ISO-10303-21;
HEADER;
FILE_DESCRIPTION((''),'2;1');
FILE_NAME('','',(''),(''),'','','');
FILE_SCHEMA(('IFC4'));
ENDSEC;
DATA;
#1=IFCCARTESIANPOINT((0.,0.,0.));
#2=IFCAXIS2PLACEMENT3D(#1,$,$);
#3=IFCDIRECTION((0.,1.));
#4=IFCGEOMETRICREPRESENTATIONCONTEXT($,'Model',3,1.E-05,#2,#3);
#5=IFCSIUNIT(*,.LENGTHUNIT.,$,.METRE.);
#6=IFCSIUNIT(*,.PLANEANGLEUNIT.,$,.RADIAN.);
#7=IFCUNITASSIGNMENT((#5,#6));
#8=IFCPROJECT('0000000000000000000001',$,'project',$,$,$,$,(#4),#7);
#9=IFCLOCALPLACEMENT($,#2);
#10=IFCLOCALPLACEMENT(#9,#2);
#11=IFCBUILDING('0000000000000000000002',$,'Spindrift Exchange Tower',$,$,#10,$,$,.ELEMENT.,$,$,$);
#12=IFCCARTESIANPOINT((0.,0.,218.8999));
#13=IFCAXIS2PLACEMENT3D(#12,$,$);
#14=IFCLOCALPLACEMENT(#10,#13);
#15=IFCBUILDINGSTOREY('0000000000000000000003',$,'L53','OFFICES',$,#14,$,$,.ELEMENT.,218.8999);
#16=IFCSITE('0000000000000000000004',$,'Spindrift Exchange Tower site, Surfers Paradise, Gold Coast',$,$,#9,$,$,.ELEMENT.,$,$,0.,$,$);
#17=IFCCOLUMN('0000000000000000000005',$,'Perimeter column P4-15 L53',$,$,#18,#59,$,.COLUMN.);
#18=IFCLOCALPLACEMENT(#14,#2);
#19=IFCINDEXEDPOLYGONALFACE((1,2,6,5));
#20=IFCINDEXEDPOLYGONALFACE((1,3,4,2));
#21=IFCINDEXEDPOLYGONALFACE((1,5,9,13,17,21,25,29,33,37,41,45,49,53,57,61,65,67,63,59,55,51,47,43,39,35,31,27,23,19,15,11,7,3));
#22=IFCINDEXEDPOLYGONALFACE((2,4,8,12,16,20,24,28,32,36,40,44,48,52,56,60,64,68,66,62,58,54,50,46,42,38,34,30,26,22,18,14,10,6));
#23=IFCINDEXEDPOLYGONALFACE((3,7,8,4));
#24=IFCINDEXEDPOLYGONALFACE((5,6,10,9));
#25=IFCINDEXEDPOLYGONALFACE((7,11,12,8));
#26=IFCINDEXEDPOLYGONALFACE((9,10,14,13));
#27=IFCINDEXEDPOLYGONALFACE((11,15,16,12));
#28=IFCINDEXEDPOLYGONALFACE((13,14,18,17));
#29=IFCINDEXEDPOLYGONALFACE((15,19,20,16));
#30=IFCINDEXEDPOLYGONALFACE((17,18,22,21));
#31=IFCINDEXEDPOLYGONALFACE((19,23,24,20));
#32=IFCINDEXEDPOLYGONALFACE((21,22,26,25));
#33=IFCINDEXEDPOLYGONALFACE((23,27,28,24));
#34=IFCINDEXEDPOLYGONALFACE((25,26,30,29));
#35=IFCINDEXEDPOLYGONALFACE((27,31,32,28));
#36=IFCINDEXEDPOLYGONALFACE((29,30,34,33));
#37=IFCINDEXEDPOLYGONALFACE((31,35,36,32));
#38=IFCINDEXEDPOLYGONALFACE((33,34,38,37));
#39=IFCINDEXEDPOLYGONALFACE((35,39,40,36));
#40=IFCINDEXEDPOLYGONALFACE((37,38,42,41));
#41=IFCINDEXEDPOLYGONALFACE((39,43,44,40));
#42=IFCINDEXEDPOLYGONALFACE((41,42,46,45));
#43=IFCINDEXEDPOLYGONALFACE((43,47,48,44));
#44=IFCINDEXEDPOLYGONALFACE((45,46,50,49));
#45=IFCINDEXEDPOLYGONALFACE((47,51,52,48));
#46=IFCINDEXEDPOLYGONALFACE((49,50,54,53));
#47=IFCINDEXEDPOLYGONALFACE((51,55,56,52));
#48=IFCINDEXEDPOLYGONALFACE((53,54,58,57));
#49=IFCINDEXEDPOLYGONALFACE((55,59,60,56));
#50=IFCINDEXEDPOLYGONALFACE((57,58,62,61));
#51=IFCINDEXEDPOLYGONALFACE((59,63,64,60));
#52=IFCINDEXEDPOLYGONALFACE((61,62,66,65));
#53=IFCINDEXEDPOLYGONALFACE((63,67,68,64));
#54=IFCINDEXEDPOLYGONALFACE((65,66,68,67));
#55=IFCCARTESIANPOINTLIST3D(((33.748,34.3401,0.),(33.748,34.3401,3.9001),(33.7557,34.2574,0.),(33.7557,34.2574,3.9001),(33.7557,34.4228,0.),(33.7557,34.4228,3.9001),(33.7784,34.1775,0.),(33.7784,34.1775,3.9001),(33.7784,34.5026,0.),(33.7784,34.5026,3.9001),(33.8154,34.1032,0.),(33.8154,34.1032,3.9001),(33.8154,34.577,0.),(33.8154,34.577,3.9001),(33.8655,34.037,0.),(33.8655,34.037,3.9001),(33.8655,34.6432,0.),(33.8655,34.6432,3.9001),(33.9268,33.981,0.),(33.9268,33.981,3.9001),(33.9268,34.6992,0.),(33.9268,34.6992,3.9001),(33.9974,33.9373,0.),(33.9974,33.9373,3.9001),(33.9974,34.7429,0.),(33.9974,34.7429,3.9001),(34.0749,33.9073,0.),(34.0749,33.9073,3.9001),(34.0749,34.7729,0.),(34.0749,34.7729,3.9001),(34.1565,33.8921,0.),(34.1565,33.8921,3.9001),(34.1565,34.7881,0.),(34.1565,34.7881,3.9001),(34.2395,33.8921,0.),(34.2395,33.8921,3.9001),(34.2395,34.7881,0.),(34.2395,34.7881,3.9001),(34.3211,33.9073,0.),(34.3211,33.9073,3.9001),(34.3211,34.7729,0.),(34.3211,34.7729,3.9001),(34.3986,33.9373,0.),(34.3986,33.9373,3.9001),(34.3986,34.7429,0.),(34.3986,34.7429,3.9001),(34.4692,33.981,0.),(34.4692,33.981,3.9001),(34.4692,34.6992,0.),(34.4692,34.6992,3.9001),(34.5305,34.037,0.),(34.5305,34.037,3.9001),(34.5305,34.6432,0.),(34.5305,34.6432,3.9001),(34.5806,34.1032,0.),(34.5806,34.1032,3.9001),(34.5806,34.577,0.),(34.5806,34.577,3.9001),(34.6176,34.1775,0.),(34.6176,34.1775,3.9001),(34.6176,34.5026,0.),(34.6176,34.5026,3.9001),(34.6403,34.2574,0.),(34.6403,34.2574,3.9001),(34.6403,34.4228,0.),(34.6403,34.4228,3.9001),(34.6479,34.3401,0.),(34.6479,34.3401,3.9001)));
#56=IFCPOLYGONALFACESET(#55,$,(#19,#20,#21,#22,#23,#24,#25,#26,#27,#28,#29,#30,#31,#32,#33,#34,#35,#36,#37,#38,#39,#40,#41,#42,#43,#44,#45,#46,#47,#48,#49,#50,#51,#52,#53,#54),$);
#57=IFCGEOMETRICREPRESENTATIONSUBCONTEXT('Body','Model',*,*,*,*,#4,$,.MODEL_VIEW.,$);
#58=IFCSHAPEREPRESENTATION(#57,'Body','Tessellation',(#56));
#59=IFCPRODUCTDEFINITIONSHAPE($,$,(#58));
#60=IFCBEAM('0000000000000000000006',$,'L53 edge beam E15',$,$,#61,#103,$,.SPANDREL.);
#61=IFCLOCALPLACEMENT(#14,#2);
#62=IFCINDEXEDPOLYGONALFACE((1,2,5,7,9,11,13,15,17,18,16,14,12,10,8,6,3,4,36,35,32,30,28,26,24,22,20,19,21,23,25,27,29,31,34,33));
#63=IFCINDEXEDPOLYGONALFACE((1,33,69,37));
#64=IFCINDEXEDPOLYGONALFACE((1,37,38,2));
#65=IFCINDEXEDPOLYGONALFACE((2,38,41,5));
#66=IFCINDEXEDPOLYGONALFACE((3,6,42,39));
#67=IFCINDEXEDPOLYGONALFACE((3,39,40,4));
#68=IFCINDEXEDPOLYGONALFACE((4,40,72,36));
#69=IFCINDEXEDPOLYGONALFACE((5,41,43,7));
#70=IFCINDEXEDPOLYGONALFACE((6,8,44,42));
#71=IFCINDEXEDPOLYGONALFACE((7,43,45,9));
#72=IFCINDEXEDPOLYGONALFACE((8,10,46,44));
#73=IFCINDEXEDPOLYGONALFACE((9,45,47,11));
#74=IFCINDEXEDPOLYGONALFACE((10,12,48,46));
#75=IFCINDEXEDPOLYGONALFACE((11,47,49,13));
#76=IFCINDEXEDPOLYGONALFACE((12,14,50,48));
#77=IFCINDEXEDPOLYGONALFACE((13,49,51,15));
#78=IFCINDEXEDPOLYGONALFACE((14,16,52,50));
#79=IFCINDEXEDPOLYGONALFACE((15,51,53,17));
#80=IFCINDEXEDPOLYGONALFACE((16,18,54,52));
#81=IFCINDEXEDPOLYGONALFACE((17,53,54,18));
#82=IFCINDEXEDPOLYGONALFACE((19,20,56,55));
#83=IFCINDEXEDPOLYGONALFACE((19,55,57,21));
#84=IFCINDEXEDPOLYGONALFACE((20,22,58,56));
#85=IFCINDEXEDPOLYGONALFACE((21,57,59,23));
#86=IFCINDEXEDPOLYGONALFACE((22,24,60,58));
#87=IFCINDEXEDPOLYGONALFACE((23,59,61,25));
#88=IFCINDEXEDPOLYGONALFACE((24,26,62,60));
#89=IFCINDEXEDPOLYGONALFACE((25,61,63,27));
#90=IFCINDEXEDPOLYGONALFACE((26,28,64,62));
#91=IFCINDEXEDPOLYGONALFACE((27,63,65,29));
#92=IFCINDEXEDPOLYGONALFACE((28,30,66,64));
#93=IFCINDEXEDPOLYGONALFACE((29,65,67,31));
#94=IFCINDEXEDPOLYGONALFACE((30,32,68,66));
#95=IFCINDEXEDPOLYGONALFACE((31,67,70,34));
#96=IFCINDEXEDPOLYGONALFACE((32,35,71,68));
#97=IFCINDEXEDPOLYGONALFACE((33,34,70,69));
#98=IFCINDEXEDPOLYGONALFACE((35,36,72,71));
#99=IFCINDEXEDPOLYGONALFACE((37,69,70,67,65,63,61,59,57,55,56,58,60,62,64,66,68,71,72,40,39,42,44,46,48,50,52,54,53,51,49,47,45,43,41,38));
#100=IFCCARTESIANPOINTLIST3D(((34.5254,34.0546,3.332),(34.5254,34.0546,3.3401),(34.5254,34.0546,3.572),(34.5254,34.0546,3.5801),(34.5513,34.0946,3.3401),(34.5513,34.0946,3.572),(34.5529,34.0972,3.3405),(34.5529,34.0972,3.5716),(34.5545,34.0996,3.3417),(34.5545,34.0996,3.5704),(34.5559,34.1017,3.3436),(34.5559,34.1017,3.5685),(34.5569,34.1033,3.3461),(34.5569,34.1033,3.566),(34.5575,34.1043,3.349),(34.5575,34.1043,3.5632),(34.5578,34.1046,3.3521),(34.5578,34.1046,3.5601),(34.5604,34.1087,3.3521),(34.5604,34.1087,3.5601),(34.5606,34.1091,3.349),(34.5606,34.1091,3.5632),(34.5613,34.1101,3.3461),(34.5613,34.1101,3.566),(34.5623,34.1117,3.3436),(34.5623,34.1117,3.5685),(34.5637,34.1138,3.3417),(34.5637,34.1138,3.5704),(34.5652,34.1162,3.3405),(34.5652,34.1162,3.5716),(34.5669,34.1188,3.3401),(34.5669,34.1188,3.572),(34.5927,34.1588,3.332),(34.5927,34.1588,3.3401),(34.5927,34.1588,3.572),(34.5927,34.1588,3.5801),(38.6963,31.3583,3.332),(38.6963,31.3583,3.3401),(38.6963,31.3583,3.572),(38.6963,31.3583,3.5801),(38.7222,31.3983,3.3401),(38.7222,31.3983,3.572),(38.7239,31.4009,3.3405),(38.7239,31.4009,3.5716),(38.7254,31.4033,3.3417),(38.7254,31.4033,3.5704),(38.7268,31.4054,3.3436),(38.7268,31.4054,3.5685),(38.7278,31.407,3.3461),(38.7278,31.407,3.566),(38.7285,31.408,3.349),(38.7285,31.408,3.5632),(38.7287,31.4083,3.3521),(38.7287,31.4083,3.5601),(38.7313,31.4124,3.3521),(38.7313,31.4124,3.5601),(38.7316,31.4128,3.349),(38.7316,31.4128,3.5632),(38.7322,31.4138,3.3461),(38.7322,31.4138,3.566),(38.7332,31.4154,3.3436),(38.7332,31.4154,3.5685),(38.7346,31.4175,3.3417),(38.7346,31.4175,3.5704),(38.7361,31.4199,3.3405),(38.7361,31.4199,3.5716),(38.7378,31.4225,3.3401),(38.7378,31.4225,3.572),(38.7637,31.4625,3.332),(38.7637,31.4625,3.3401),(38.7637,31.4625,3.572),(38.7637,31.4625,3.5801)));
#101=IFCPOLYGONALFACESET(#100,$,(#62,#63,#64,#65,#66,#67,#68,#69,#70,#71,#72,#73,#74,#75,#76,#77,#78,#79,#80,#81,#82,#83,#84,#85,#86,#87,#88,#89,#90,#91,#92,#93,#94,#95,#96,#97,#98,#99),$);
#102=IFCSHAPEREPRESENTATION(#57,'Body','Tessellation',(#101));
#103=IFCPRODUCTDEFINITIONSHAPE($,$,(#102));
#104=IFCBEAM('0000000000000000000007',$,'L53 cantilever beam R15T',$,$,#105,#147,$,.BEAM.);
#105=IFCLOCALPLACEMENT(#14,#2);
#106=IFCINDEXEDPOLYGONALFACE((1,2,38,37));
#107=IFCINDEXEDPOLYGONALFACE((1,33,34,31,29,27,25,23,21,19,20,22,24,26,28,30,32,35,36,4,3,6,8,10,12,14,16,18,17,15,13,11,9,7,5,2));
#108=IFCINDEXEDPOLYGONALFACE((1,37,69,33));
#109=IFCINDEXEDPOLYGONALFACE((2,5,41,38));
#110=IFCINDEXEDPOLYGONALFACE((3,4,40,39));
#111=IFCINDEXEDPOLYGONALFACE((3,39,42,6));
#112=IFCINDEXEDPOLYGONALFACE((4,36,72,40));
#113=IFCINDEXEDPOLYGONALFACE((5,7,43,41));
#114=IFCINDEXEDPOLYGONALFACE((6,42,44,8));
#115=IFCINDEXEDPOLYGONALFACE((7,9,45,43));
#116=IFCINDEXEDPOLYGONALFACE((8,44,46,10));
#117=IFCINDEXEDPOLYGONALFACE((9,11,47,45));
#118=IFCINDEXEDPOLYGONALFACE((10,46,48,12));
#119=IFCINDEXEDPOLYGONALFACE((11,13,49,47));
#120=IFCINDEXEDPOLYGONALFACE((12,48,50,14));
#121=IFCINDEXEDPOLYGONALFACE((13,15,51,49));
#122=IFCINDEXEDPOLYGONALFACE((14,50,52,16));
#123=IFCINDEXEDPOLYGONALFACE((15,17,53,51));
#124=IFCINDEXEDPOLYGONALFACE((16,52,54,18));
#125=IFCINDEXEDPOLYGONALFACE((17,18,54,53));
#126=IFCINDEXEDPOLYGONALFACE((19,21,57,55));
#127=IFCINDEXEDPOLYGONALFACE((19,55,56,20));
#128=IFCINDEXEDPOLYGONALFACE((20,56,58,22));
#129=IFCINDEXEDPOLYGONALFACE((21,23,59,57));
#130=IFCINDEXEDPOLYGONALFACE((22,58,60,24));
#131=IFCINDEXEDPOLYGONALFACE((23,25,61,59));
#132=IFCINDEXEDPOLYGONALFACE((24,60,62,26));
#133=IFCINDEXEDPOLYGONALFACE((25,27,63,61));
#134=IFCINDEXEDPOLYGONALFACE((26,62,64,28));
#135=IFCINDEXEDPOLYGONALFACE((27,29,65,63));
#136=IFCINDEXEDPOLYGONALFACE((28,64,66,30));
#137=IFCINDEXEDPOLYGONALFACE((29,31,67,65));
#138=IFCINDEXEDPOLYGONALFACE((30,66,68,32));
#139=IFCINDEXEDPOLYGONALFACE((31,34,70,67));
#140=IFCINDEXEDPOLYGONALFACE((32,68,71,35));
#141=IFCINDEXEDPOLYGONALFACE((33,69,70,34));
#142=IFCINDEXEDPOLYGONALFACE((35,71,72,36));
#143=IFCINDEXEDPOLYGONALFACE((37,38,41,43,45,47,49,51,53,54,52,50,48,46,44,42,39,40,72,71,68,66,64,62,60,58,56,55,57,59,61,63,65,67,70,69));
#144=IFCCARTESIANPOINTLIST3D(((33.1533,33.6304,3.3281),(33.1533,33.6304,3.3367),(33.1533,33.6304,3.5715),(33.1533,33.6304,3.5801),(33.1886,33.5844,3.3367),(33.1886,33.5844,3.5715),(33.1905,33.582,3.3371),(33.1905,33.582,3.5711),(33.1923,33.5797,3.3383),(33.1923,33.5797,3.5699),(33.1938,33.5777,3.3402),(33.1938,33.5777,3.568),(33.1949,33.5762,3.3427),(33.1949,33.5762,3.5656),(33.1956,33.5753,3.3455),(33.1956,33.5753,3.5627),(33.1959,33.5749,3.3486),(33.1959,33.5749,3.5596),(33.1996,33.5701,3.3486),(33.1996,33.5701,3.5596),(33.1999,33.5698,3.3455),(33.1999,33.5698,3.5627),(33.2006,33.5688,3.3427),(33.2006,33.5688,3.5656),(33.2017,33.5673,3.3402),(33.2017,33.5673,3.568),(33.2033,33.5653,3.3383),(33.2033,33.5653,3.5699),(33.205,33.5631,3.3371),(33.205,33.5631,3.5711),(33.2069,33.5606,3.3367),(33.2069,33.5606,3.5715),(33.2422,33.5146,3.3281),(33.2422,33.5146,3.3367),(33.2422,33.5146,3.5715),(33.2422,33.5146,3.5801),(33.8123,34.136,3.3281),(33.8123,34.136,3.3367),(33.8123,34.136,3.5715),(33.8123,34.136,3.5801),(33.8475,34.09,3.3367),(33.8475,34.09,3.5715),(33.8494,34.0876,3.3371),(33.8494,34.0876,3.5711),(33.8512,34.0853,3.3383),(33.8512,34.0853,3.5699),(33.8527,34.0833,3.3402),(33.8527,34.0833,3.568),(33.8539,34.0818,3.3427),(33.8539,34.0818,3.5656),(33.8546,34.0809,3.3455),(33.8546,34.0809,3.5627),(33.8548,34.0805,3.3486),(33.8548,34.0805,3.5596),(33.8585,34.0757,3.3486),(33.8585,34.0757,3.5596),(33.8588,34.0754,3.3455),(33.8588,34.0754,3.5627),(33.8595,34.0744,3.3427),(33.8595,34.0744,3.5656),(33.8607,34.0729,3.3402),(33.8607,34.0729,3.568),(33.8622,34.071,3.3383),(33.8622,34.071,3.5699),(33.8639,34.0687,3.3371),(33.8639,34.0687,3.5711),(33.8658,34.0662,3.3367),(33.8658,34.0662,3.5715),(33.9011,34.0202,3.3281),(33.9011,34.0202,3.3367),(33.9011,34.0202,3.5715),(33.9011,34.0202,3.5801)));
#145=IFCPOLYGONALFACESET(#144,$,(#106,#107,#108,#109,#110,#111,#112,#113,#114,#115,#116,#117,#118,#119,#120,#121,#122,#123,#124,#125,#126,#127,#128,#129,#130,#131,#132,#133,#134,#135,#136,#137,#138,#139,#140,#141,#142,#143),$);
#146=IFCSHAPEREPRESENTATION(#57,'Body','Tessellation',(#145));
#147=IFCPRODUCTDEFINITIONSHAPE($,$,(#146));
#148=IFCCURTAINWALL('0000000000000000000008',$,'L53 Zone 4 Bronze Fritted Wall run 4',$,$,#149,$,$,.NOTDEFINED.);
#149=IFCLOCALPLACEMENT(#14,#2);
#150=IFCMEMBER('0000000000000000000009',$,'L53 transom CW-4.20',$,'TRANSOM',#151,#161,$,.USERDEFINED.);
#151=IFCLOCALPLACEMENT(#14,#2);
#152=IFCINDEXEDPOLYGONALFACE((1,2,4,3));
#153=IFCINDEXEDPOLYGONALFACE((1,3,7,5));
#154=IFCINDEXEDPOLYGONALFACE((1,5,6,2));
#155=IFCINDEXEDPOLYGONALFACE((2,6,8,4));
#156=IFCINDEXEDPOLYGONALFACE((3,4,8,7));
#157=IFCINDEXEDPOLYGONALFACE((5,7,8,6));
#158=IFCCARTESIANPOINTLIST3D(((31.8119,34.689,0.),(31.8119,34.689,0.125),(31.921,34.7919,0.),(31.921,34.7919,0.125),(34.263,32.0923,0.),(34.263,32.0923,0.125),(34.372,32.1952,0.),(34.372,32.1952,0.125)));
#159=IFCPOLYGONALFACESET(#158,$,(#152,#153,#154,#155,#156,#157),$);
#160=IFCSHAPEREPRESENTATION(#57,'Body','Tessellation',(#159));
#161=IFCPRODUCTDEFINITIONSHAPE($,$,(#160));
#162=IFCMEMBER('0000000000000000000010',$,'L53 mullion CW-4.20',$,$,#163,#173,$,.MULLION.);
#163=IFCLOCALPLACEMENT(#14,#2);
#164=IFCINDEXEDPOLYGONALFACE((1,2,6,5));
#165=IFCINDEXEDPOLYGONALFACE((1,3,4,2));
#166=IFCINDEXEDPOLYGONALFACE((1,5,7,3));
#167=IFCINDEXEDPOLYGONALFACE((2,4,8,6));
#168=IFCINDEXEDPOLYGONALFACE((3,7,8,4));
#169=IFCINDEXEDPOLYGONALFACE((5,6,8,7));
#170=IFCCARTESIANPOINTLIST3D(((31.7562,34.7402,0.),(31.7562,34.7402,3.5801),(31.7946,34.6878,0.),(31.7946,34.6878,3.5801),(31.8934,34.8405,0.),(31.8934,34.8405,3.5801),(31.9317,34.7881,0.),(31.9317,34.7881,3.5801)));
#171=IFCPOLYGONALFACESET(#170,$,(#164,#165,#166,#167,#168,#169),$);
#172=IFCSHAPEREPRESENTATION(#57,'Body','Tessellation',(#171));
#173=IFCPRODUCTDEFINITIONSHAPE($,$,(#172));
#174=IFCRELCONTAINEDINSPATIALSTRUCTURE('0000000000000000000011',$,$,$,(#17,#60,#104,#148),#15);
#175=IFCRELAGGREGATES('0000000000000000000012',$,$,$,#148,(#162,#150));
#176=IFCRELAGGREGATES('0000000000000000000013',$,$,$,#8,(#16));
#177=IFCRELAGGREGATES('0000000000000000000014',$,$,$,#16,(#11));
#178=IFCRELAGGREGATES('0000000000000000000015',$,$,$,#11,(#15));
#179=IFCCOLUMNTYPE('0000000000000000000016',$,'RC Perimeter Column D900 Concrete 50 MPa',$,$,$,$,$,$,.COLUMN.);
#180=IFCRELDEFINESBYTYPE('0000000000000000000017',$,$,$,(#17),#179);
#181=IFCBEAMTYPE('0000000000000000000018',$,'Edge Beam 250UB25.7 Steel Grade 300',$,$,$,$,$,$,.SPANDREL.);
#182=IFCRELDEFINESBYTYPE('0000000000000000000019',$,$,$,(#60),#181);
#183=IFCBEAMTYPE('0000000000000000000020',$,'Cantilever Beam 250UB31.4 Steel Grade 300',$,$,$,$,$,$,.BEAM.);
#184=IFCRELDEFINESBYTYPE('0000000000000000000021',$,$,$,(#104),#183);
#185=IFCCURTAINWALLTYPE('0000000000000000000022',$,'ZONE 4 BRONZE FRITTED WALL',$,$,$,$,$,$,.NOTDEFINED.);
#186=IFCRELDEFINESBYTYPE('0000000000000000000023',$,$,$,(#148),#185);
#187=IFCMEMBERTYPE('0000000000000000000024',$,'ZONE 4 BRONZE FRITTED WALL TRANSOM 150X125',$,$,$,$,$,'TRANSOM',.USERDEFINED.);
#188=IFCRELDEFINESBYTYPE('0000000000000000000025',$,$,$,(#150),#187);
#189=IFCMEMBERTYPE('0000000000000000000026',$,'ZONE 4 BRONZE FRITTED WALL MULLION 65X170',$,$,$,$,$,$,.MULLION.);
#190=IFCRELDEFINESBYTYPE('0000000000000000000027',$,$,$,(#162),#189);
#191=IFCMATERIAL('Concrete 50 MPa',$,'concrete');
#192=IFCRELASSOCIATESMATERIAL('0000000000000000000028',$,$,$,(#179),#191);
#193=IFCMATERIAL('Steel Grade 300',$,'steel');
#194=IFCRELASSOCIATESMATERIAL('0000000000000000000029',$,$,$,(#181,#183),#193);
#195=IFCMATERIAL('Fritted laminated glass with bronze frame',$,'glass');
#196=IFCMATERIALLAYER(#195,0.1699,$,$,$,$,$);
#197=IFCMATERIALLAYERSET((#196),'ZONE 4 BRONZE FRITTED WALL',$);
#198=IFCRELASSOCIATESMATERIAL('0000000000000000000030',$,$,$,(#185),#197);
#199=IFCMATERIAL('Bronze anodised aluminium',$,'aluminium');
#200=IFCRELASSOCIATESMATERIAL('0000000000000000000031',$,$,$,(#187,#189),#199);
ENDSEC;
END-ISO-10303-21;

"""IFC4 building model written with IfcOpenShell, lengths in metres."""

from ifc_helpers import new_model, si_unit, direction, frame, origin, origin_2d, place, context, subcontext, project, spatial, rectangle, circle, i_section, extrude, source, transform, mapped, material, layer, layer_set, material_profile, profile_set, type_object, element, aggregate, save


model = new_model("IFC4")

# Units and contexts
model_context = context("Model", 3, precision=1e-05, world=origin(), true_north=direction((0.0, 1.0)))
body_context = subcontext(model_context, "Body", "Model", "MODEL_VIEW")
ifc_project = project(units=[si_unit("LENGTHUNIT", "METRE"), si_unit("PLANEANGLEUNIT", "RADIAN")], contexts=[model_context])

# Site, building, storey
site_placement = place(None, origin())
site = spatial("IfcSite", under=ifc_project, at=site_placement, Name="Spindrift Exchange Tower site, Surfers Paradise, Gold Coast", CompositionType="ELEMENT", RefElevation=0.0)
building_placement = place(site_placement, origin())
building = spatial("IfcBuilding", under=site, at=building_placement, Name="Spindrift Exchange Tower", CompositionType="ELEMENT")
storey_placement = place(building_placement, frame((0.0, 0.0, 218.8999)))
storey = spatial("IfcBuildingStorey", under=building, at=storey_placement, Name="L53", Description="OFFICES", CompositionType="ELEMENT", Elevation=218.8999)

# Column
ifc_material_1 = material(Name="Concrete 50 MPa", Category="concrete")
ifc_material_profile_1 = material_profile(ifc_material_1, circle(Radius=0.45, at=origin_2d()), Name="RC D900")
ifc_profile_set_1 = profile_set([ifc_material_profile_1], Name="Concrete 50 MPa")
column_type = type_object("IfcColumnType", Name="RC Perimeter Column D900 Concrete 50 MPa", PredefinedType="COLUMN", material=ifc_profile_set_1)
shared_shape_1 = source(origin(), body_context, "Body", "SweptSolid", [
    extrude(circle(Radius=0.45, at=origin_2d()), origin(), (0.0, 0.0, 1.0), 3.9001),
])
column_placement = place(storey_placement, frame((34.198, 34.3401, 0.0), z_axis=(0.0, 0.0, 1.0), x_axis=(1.0, 0.0, 0.0)))
element("IfcColumn", 1, at=column_placement, inside=storey, type_object=column_type, Name="Perimeter column P4-15 L53", PredefinedType="COLUMN", context=body_context, shape_type="MappedRepresentation", body=[
    mapped(shared_shape_1, transform((0.0, 0.0, 0.0), scale=1.0)),
])

# Beams
ifc_material_2 = material(Name="Steel Grade 300", Category="steel")
ifc_material_profile_2 = material_profile(ifc_material_2, i_section(OverallWidth=0.124, OverallDepth=0.248, WebThickness=0.0049, FlangeThickness=0.0081, FilletRadius=0.012, at=origin_2d()), Name="250UB25.7")
ifc_profile_set_2 = profile_set([ifc_material_profile_2], Name="Steel Grade 300")
beam_type_1 = type_object("IfcBeamType", Name="Edge Beam 250UB25.7 Steel Grade 300", PredefinedType="SPANDREL", material=ifc_profile_set_2)
shared_shape_2 = source(origin(), body_context, "Body", "SweptSolid", [
    extrude(i_section(OverallWidth=0.124, OverallDepth=0.248, WebThickness=0.0049, FlangeThickness=0.0081, FilletRadius=0.012, at=origin_2d()), origin(), (0.0, 0.0, 1.0), 4.9666),
])
beam_1_placement = place(storey_placement, frame((34.5591, 34.1067, 3.4561), z_axis=(0.839802, -0.542893, 0.0), x_axis=(0.542893, 0.839802, 0.0)))
element("IfcBeam", 2, at=beam_1_placement, inside=storey, type_object=beam_type_1, Name="L53 edge beam E15", PredefinedType="SPANDREL", context=body_context, shape_type="MappedRepresentation", body=[
    mapped(shared_shape_2, transform((0.0, 0.0, 0.0), scale=1.0)),
])
ifc_material_profile_3 = material_profile(ifc_material_2, i_section(OverallWidth=0.146, OverallDepth=0.252, WebThickness=0.0061, FlangeThickness=0.0085, FilletRadius=0.012, at=origin_2d()), Name="250UB31.4")
ifc_profile_set_3 = profile_set([ifc_material_profile_3], Name="Steel Grade 300")
beam_type_2 = type_object("IfcBeamType", Name="Cantilever Beam 250UB31.4 Steel Grade 300", PredefinedType="BEAM", material=ifc_profile_set_3)
shared_shape_3 = source(origin(), body_context, "Body", "SweptSolid", [
    extrude(i_section(OverallWidth=0.146, OverallDepth=0.252, WebThickness=0.0061, FlangeThickness=0.0085, FilletRadius=0.012, at=origin_2d()), origin(), (0.0, 0.0, 1.0), 0.8306),
])
beam_2_placement = place(storey_placement, frame((33.8567, 34.0781, 3.4541), z_axis=(-0.793356, -0.608759, 0.0), x_axis=(0.608759, -0.793356, 0.0)))
element("IfcBeam", 3, at=beam_2_placement, inside=storey, type_object=beam_type_2, Name="L53 cantilever beam R15T", PredefinedType="BEAM", context=body_context, shape_type="MappedRepresentation", body=[
    mapped(shared_shape_3, transform((0.0, 0.0, 0.0), scale=1.0)),
])

# Curtain wall, members
ifc_material_3 = material(Name="Fritted laminated glass with bronze frame", Category="glass")
ifc_layer_1 = layer(ifc_material_3, 0.1699)
ifc_layer_set_1 = layer_set([ifc_layer_1], Name="ZONE 4 BRONZE FRITTED WALL")
curtain_wall_type = type_object("IfcCurtainWallType", Name="ZONE 4 BRONZE FRITTED WALL", PredefinedType="NOTDEFINED", material=ifc_layer_set_1)
curtain_wall_placement = place(storey_placement, origin())
curtain_wall = element("IfcCurtainWall", 4, at=curtain_wall_placement, inside=storey, type_object=curtain_wall_type, Name="L53 Zone 4 Bronze Fritted Wall run 4", PredefinedType="NOTDEFINED")
ifc_material_4 = material(Name="Bronze anodised aluminium", Category="aluminium")
ifc_material_profile_4 = material_profile(ifc_material_4, rectangle(XDim=0.1499, YDim=0.125, at=origin_2d()), Name="ZONE 4 BRONZE FRITTED WALL TRANSOM 150X125")
ifc_profile_set_4 = profile_set([ifc_material_profile_4], Name="Bronze anodised aluminium")
member_type_1 = type_object("IfcMemberType", Name="ZONE 4 BRONZE FRITTED WALL TRANSOM 150X125", ElementType="TRANSOM", PredefinedType="USERDEFINED", material=ifc_profile_set_4)
shared_shape_4 = source(origin(), body_context, "Body", "SweptSolid", [
    extrude(rectangle(XDim=0.1499, YDim=0.125, at=origin_2d()), origin(), (0.0, 0.0, 1.0), 3.5708),
])
member_1_placement = place(storey_placement, frame((31.8665, 34.7405, 0.0625), z_axis=(0.686403, -0.727222, 0.0), x_axis=(0.727222, 0.686403, 0.0)))
member_1 = element("IfcMember", 5, at=member_1_placement, type_object=member_type_1, Name="L53 transom CW-4.20", ObjectType="TRANSOM", PredefinedType="USERDEFINED", context=body_context, shape_type="MappedRepresentation", body=[
    mapped(shared_shape_4, transform((0.0, 0.0, 0.0), scale=1.0)),
])
ifc_material_profile_5 = material_profile(ifc_material_4, rectangle(XDim=0.0649, YDim=0.1699, at=origin_2d()), Name="ZONE 4 BRONZE FRITTED WALL MULLION 65X170")
ifc_profile_set_5 = profile_set([ifc_material_profile_5], Name="Bronze anodised aluminium")
member_type_2 = type_object("IfcMemberType", Name="ZONE 4 BRONZE FRITTED WALL MULLION 65X170", PredefinedType="MULLION", material=ifc_profile_set_5)
shared_shape_5 = source(origin(), body_context, "Body", "SweptSolid", [
    extrude(rectangle(XDim=0.0649, YDim=0.1699, at=origin_2d()), origin(), (0.0, 0.0, 1.0), 3.5801),
])
member_2_placement = place(storey_placement, frame((31.844, 34.7642, 0.0), z_axis=(0.0, 0.0, 1.0), x_axis=(0.590006, -0.807399, 0.0)))
member_2 = element("IfcMember", 6, at=member_2_placement, type_object=member_type_2, Name="L53 mullion CW-4.20", PredefinedType="MULLION", context=body_context, shape_type="MappedRepresentation", body=[
    mapped(shared_shape_5, transform((0.0, 0.0, 0.0), scale=1.0)),
])

aggregate(curtain_wall, [member_2, member_1])

save(model, "model.ifc")
